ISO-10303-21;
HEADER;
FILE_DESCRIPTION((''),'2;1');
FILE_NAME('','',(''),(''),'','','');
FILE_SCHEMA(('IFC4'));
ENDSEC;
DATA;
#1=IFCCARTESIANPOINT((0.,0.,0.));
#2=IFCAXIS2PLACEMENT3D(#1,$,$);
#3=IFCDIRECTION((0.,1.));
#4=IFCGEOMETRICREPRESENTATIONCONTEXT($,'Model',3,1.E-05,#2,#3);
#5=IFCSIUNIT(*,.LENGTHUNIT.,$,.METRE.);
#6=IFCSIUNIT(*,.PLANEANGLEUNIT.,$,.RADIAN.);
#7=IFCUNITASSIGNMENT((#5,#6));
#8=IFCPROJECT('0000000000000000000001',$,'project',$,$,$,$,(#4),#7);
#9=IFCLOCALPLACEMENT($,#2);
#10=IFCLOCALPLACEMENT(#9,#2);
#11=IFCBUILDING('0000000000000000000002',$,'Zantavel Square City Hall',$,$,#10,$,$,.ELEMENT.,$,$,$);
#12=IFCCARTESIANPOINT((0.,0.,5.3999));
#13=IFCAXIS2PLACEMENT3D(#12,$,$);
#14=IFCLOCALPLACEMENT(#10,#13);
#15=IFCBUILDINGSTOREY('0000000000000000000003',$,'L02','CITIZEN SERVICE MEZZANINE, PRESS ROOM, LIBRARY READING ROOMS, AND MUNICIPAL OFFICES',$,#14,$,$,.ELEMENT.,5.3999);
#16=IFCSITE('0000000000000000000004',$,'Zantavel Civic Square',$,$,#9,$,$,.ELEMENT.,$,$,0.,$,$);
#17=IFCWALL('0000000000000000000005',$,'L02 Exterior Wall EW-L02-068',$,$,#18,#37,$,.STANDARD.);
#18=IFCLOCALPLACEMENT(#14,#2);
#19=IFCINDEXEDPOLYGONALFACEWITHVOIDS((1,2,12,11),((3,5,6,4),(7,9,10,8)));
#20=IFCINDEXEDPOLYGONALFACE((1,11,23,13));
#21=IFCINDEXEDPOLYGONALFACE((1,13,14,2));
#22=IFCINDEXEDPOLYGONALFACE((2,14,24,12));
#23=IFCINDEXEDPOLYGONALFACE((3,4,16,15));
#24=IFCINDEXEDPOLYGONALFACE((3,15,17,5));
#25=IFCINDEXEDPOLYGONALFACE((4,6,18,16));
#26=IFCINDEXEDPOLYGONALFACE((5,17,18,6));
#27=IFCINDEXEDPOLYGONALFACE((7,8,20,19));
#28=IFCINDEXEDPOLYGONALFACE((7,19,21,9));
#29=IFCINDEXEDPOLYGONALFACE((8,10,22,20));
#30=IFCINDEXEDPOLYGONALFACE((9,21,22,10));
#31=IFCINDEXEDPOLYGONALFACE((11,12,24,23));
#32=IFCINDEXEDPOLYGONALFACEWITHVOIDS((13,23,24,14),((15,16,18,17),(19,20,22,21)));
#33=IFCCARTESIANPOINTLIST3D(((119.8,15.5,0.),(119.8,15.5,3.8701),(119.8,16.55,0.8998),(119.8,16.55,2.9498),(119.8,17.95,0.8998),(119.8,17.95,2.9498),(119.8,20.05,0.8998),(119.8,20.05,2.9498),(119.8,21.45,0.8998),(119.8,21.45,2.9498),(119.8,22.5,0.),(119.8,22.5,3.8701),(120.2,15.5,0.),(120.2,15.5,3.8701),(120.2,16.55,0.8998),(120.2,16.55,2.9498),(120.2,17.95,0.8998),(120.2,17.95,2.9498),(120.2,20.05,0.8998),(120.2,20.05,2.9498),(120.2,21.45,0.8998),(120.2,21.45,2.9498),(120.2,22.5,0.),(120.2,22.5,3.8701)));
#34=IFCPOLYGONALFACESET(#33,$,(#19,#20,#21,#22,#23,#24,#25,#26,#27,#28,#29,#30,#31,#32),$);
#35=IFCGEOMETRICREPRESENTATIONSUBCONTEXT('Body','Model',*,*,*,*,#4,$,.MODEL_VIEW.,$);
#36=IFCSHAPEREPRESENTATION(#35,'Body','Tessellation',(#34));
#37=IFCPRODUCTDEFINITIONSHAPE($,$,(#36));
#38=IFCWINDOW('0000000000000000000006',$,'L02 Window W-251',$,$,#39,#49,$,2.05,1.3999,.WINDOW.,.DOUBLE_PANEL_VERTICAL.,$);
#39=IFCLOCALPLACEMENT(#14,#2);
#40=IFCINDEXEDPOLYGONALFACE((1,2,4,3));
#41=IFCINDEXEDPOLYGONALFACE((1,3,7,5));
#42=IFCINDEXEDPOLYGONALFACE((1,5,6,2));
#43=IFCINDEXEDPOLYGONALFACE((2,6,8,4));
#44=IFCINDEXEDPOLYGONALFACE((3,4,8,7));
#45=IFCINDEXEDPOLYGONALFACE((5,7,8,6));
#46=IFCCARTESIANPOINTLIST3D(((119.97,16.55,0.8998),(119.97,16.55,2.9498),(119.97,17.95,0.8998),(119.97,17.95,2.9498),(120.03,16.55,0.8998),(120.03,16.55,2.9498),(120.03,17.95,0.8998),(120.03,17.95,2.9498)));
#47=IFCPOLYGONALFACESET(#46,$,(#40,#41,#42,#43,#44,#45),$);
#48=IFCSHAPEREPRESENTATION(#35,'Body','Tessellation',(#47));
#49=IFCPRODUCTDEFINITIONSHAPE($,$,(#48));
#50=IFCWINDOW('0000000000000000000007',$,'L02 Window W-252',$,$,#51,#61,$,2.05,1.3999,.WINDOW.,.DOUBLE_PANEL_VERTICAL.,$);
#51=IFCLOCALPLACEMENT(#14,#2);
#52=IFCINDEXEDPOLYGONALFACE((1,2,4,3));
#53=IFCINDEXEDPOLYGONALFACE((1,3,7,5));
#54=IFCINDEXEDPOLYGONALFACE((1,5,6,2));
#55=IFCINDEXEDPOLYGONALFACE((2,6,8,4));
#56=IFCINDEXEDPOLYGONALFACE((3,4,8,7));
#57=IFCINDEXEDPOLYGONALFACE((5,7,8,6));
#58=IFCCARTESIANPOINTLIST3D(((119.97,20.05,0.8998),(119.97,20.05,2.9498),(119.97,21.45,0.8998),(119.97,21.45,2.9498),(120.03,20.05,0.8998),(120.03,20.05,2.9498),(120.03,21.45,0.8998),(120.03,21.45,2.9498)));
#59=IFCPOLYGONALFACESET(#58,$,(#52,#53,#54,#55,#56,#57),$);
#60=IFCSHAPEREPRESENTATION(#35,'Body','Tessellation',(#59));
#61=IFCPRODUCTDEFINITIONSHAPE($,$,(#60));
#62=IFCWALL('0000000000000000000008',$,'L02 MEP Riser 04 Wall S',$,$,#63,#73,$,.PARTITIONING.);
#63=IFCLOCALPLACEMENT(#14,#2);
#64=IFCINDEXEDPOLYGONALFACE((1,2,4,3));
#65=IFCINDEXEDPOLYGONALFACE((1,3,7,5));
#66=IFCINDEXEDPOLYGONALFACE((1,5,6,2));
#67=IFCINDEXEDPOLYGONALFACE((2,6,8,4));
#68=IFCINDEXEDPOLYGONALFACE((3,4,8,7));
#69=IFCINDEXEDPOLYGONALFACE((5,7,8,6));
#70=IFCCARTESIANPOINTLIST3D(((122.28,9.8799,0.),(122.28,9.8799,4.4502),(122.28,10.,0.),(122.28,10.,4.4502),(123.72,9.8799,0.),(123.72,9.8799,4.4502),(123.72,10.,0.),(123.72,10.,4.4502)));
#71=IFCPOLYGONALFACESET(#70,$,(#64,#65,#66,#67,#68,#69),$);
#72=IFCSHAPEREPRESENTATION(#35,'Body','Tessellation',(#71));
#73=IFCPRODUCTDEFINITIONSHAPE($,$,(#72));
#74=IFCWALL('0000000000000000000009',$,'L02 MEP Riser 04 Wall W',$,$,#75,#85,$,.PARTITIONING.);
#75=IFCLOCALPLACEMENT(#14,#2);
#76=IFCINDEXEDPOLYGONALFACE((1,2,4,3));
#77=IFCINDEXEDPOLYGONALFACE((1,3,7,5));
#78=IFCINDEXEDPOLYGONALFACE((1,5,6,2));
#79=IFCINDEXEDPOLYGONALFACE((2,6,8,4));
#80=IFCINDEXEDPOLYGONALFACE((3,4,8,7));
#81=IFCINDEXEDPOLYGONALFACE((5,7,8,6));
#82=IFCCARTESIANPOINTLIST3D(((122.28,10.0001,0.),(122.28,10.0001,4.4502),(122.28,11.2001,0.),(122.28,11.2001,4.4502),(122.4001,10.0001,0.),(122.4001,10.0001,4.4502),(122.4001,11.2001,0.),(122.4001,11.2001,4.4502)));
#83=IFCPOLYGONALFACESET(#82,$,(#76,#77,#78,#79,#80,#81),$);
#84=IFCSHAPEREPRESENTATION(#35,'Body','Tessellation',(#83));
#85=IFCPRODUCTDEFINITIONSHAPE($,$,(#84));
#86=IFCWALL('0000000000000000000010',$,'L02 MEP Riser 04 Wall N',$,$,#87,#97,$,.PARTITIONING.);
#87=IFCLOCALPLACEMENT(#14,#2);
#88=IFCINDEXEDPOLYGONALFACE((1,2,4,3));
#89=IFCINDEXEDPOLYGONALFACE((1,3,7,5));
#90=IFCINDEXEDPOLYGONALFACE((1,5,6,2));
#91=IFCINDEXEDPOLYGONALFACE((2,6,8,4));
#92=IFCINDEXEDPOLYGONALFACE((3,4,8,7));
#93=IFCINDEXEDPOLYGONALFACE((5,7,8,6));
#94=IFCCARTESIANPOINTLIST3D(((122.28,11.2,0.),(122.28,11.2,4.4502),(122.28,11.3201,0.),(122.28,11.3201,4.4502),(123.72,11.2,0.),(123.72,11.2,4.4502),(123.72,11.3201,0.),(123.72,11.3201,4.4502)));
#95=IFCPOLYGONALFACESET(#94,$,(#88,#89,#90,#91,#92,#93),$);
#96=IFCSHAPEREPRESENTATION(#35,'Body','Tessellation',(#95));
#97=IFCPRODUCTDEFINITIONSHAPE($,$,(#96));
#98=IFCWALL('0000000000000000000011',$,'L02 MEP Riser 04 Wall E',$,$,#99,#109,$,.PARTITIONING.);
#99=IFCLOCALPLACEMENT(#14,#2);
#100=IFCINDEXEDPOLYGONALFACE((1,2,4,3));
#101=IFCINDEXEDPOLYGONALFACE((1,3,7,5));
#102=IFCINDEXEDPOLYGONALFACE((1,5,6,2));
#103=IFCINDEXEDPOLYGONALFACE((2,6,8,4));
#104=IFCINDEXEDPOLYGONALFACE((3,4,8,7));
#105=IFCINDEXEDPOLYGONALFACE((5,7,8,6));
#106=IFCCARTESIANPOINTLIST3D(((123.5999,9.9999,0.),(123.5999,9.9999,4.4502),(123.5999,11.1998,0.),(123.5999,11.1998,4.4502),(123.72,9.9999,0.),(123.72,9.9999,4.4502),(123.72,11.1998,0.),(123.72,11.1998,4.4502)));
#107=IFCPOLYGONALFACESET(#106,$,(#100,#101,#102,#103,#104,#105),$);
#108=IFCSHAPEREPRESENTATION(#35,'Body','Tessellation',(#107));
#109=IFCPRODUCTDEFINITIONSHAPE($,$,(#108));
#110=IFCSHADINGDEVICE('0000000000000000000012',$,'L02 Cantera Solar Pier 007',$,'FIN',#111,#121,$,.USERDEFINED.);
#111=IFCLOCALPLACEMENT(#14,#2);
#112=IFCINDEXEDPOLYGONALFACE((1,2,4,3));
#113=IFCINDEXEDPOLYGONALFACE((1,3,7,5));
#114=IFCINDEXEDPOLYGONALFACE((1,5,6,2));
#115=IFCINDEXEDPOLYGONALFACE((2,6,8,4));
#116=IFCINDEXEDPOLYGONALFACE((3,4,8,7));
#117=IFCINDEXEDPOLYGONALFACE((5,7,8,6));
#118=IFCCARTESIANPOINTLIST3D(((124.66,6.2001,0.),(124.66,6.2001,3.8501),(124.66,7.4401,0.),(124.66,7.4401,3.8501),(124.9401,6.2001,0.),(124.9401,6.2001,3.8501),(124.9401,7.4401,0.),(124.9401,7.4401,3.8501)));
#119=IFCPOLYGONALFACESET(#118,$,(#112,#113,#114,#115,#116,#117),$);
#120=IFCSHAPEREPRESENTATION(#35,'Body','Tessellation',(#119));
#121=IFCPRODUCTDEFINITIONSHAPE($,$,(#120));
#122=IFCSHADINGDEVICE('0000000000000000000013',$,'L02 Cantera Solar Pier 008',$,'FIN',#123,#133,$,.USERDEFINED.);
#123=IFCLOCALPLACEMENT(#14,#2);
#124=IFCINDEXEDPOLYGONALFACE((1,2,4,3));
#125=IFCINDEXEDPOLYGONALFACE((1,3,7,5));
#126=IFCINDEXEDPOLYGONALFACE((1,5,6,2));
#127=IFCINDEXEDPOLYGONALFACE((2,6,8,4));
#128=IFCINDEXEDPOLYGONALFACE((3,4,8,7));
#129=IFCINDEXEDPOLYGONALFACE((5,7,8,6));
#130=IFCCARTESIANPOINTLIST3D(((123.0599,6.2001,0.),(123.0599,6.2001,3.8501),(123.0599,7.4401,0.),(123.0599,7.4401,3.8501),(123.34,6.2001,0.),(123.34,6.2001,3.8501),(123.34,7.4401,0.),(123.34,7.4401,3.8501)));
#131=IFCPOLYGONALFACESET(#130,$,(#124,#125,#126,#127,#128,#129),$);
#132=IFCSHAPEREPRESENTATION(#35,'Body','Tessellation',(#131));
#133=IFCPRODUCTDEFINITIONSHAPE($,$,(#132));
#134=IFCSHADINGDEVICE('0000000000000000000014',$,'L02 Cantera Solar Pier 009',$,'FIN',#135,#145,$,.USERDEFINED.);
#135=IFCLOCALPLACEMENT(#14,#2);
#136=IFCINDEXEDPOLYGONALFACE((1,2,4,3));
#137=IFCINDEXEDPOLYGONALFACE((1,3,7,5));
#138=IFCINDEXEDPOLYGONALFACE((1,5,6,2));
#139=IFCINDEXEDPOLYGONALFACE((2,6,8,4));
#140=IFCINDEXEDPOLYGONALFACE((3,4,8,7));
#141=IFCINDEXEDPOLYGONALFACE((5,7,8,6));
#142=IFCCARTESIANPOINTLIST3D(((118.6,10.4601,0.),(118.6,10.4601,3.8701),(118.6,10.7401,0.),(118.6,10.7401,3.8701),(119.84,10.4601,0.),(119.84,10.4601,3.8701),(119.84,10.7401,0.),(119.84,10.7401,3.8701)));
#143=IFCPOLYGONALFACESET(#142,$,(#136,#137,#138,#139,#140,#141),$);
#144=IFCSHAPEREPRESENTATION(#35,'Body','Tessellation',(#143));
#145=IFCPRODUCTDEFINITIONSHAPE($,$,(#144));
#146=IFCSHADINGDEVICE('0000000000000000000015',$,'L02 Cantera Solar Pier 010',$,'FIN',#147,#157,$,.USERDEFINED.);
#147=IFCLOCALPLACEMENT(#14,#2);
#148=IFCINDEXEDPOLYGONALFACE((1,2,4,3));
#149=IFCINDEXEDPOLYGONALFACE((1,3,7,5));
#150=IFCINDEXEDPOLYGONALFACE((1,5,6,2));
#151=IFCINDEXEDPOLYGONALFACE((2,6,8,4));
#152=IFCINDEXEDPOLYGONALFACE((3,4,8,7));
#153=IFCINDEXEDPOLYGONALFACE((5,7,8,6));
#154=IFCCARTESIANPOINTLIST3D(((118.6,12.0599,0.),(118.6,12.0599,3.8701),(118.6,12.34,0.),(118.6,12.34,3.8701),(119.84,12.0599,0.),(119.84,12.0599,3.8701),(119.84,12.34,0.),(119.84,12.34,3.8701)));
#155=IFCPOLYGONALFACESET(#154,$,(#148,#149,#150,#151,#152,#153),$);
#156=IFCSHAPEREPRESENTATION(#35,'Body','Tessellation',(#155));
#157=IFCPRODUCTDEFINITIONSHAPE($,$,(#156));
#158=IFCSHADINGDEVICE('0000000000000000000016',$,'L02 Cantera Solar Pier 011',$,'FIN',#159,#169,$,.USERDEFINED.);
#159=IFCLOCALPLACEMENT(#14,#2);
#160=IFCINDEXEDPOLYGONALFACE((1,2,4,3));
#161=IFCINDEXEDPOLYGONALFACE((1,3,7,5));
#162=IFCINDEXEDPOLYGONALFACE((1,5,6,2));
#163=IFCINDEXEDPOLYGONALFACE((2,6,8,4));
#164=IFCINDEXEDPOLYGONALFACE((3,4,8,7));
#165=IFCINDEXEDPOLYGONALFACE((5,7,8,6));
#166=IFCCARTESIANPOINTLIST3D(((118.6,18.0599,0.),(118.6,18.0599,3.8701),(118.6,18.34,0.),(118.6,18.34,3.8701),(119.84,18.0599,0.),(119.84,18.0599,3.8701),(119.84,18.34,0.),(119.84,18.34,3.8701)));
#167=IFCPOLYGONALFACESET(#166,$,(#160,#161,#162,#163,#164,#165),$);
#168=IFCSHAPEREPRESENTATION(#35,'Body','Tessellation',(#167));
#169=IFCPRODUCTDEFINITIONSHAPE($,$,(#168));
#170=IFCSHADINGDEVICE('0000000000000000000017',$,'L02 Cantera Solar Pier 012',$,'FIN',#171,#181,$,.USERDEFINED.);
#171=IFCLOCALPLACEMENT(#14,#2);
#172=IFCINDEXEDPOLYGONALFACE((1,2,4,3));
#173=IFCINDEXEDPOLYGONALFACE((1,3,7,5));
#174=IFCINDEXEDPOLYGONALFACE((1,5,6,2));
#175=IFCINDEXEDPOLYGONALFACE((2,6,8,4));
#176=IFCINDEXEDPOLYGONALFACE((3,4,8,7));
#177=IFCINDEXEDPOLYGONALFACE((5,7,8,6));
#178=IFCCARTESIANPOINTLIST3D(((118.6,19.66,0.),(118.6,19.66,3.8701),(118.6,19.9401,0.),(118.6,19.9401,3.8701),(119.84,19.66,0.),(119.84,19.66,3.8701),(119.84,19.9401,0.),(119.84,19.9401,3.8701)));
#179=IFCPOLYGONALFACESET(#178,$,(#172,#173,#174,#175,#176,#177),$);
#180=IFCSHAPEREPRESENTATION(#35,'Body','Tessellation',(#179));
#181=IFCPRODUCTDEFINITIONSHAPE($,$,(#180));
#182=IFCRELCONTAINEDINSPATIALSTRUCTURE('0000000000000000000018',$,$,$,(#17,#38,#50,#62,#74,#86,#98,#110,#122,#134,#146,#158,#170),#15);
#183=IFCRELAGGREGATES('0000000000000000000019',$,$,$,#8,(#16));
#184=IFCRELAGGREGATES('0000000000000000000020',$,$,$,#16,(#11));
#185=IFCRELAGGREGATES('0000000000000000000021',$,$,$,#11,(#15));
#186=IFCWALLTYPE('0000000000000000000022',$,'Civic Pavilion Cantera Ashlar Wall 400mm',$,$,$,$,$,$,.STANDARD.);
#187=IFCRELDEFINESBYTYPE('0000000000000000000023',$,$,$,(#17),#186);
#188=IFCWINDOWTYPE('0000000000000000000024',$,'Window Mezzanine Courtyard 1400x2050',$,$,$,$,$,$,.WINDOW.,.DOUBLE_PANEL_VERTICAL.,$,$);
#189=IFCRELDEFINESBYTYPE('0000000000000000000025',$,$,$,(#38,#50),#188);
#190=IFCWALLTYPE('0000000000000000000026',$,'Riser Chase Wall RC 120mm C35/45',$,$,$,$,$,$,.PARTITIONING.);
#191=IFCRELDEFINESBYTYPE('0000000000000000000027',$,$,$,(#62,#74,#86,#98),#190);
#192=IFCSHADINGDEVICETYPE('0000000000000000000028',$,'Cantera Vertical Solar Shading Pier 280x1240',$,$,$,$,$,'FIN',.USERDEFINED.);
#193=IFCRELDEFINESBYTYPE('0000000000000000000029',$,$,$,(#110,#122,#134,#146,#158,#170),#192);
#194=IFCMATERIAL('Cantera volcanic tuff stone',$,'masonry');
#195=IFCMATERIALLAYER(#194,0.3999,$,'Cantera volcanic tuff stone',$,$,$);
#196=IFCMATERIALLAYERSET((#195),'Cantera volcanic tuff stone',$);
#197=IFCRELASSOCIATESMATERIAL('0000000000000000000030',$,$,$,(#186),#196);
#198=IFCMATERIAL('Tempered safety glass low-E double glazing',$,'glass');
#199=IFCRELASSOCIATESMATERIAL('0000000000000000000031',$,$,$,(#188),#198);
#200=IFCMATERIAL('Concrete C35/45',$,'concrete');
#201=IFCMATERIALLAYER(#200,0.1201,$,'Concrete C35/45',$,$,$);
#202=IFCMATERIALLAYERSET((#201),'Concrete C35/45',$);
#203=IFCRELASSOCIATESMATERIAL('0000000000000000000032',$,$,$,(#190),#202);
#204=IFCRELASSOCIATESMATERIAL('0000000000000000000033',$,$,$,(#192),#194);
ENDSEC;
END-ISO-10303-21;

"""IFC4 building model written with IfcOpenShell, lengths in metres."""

from ifc_helpers import new_model, si_unit, direction, frame, frame_2d, origin, origin_2d, place, context, subcontext, project, spatial, rectangle, extrude, material, layer, layer_set, type_object, element, fill, save


model = new_model("IFC4")

# Units and contexts
model_context = context("Model", 3, precision=1e-05, world=origin(), true_north=direction((0.0, 1.0)))
body_context = subcontext(model_context, "Body", "Model", "MODEL_VIEW")
ifc_project = project(units=[si_unit("LENGTHUNIT", "METRE"), si_unit("PLANEANGLEUNIT", "RADIAN")], contexts=[model_context])

# Site, building, storey
site_placement = place(None, origin())
site = spatial("IfcSite", under=ifc_project, at=site_placement, Name="Zantavel Civic Square", CompositionType="ELEMENT", RefElevation=0.0)
building_placement = place(site_placement, origin())
building = spatial("IfcBuilding", under=site, at=building_placement, Name="Zantavel Square City Hall", CompositionType="ELEMENT")
storey_placement = place(building_placement, frame((0.0, 0.0, 5.3999)))
storey = spatial("IfcBuildingStorey", under=building, at=storey_placement, Name="L02", Description="CITIZEN SERVICE MEZZANINE, PRESS ROOM, LIBRARY READING ROOMS, AND MUNICIPAL OFFICES", CompositionType="ELEMENT", Elevation=5.3999)

# Shared definitions
ifc_material_1 = material(Name="Concrete C35/45", Category="concrete")

# Wall, openings, windows
ifc_material_2 = material(Name="Cantera volcanic tuff stone", Category="masonry")
ifc_layer_1 = layer(ifc_material_2, 0.3999, Name="Cantera volcanic tuff stone")
ifc_layer_set_1 = layer_set([ifc_layer_1], Name="Cantera volcanic tuff stone")
wall_type_1 = type_object("IfcWallType", Name="Civic Pavilion Cantera Ashlar Wall 400mm", PredefinedType="STANDARD", material=ifc_layer_set_1)
ifc_material_3 = material(Name="Tempered safety glass low-E double glazing", Category="glass")
window_type = type_object("IfcWindowType", Name="Window Mezzanine Courtyard 1400x2050", PartitioningType="DOUBLE_PANEL_VERTICAL", PredefinedType="WINDOW", material=ifc_material_3)
wall_1_placement = place(storey_placement, frame((120.0, 15.5, 0.0), z_axis=(0.0, 0.0, 1.0), x_axis=(0.0, 1.0, 0.0)))
wall_1 = element("IfcWall", 1, at=wall_1_placement, inside=storey, type_object=wall_type_1, Name="L02 Exterior Wall EW-L02-068", PredefinedType="STANDARD", context=body_context, shape_type="SweptSolid", body=[
    extrude(rectangle(XDim=7.0, YDim=0.3999, at=frame_2d((3.5, 0.0))), origin(), (0.0, 0.0, 1.0), 3.8701),
])
opening_1_placement = place(wall_1_placement, frame((1.05, 0.0, 0.8999)))
opening_1 = element("IfcOpeningElement", 2, at=opening_1_placement, cuts=wall_1, PredefinedType="OPENING", context=body_context, shape_type="SweptSolid", body=[
    extrude(rectangle(XDim=1.3999, YDim=2.05, at=frame_2d((0.7, 1.0249))), frame((0.0, 0.21, 0.0), z_axis=(0.0, -1.0, 0.0), x_axis=(1.0, 0.0, 0.0)), (0.0, 0.0, 1.0), 0.4199),
])
opening_2_placement = place(wall_1_placement, frame((4.55, 0.0, 0.8999)))
opening_2 = element("IfcOpeningElement", 3, at=opening_2_placement, cuts=wall_1, PredefinedType="OPENING", context=body_context, shape_type="SweptSolid", body=[
    extrude(rectangle(XDim=1.3999, YDim=2.05, at=frame_2d((0.7, 1.0249))), frame((0.0, 0.21, 0.0), z_axis=(0.0, -1.0, 0.0), x_axis=(1.0, 0.0, 0.0)), (0.0, 0.0, 1.0), 0.4199),
])
window_1_placement = place(opening_1_placement, origin())
window_1 = element("IfcWindow", 4, at=window_1_placement, inside=storey, type_object=window_type, Name="L02 Window W-251", OverallHeight=2.05, OverallWidth=1.3999, PartitioningType="DOUBLE_PANEL_VERTICAL", PredefinedType="WINDOW", context=body_context, shape_type="SweptSolid", body=[
    extrude(rectangle(XDim=1.3999, YDim=2.05, at=frame_2d((0.7, 1.0249))), frame((0.0, 0.03, 0.0), z_axis=(0.0, -1.0, 0.0), x_axis=(1.0, 0.0, 0.0)), (0.0, 0.0, 1.0), 0.0601),
])
fill(opening_1, window_1)
window_2_placement = place(opening_2_placement, origin())
window_2 = element("IfcWindow", 5, at=window_2_placement, inside=storey, type_object=window_type, Name="L02 Window W-252", OverallHeight=2.05, OverallWidth=1.3999, PartitioningType="DOUBLE_PANEL_VERTICAL", PredefinedType="WINDOW", context=body_context, shape_type="SweptSolid", body=[
    extrude(rectangle(XDim=1.3999, YDim=2.05, at=frame_2d((0.7, 1.0249))), frame((0.0, 0.03, 0.0), z_axis=(0.0, -1.0, 0.0), x_axis=(1.0, 0.0, 0.0)), (0.0, 0.0, 1.0), 0.0601),
])
fill(opening_2, window_2)

# Walls
ifc_layer_2 = layer(ifc_material_1, 0.1201, Name="Concrete C35/45")
ifc_layer_set_2 = layer_set([ifc_layer_2], Name="Concrete C35/45")
wall_type_2 = type_object("IfcWallType", Name="Riser Chase Wall RC 120mm C35/45", PredefinedType="PARTITIONING", material=ifc_layer_set_2)
wall_2_placement = place(storey_placement, frame((123.72, 9.9399, 0.0), z_axis=(0.0, 0.0, 1.0), x_axis=(-1.0, 0.0, 0.0)))
element("IfcWall", 6, at=wall_2_placement, inside=storey, type_object=wall_type_2, Name="L02 MEP Riser 04 Wall S", PredefinedType="PARTITIONING", context=body_context, shape_type="SweptSolid", body=[
    extrude(rectangle(XDim=1.4399, YDim=0.1201, at=frame_2d((0.72, 0.0))), origin(), (0.0, 0.0, 1.0), 4.4502),
])
wall_3_placement = place(storey_placement, frame((122.3401, 10.0, 0.0), z_axis=(0.0, 0.0, 1.0), x_axis=(0.0, 1.0, 0.0)))
element("IfcWall", 7, at=wall_3_placement, inside=storey, type_object=wall_type_2, Name="L02 MEP Riser 04 Wall W", PredefinedType="PARTITIONING", context=body_context, shape_type="SweptSolid", body=[
    extrude(rectangle(XDim=1.2, YDim=0.1201, at=frame_2d((0.6001, 0.0))), origin(), (0.0, 0.0, 1.0), 4.4502),
])
wall_4_placement = place(storey_placement, frame((122.28, 11.26, 0.0), z_axis=(0.0, 0.0, 1.0), x_axis=(1.0, 0.0, 0.0)))
element("IfcWall", 8, at=wall_4_placement, inside=storey, type_object=wall_type_2, Name="L02 MEP Riser 04 Wall N", PredefinedType="PARTITIONING", context=body_context, shape_type="SweptSolid", body=[
    extrude(rectangle(XDim=1.4399, YDim=0.1201, at=frame_2d((0.72, 0.0))), origin(), (0.0, 0.0, 1.0), 4.4502),
])
wall_5_placement = place(storey_placement, frame((123.6599, 11.2, 0.0), z_axis=(0.0, 0.0, 1.0), x_axis=(0.0, -1.0, 0.0)))
element("IfcWall", 9, at=wall_5_placement, inside=storey, type_object=wall_type_2, Name="L02 MEP Riser 04 Wall E", PredefinedType="PARTITIONING", context=body_context, shape_type="SweptSolid", body=[
    extrude(rectangle(XDim=1.2, YDim=0.1201, at=frame_2d((0.6001, 0.0))), origin(), (0.0, 0.0, 1.0), 4.4502),
])

# Shading devices
shading_device_type = type_object("IfcShadingDeviceType", Name="Cantera Vertical Solar Shading Pier 280x1240", ElementType="FIN", PredefinedType="USERDEFINED", material=ifc_material_2)
for number, where, z_axis, x_axis, name in (
    (10, (124.8, 6.8201, 0.0), (0.0, 0.0, 1.0), (1.0, 0.0, 0.0), "L02 Cantera Solar Pier 007"),
    (11, (123.2, 6.8201, 0.0), (0.0, 0.0, 1.0), (1.0, 0.0, 0.0), "L02 Cantera Solar Pier 008"),
):
    element("IfcShadingDevice", number, at=place(storey_placement, frame(where, z_axis=z_axis, x_axis=x_axis)), inside=storey, type_object=shading_device_type, Name=name, ObjectType="FIN", PredefinedType="USERDEFINED", context=body_context, shape_type="SweptSolid", body=[
        extrude(rectangle(XDim=0.28, YDim=1.24, at=origin_2d()), origin(), (0.0, 0.0, 1.0), 3.8501),
    ])
for number, where, z_axis, x_axis, name in (
    (12, (119.22, 10.6001, 0.0), (0.0, 0.0, 1.0), (1.0, 0.0, 0.0), "L02 Cantera Solar Pier 009"),
    (13, (119.22, 12.2, 0.0), (0.0, 0.0, 1.0), (1.0, 0.0, 0.0), "L02 Cantera Solar Pier 010"),
    (14, (119.22, 18.2, 0.0), (0.0, 0.0, 1.0), (1.0, 0.0, 0.0), "L02 Cantera Solar Pier 011"),
    (15, (119.22, 19.8, 0.0), (0.0, 0.0, 1.0), (1.0, 0.0, 0.0), "L02 Cantera Solar Pier 012"),
):
    element("IfcShadingDevice", number, at=place(storey_placement, frame(where, z_axis=z_axis, x_axis=x_axis)), inside=storey, type_object=shading_device_type, Name=name, ObjectType="FIN", PredefinedType="USERDEFINED", context=body_context, shape_type="SweptSolid", body=[
        extrude(rectangle(XDim=1.24, YDim=0.28, at=origin_2d()), origin(), (0.0, 0.0, 1.0), 3.8701),
    ])

save(model, "model.ifc")
